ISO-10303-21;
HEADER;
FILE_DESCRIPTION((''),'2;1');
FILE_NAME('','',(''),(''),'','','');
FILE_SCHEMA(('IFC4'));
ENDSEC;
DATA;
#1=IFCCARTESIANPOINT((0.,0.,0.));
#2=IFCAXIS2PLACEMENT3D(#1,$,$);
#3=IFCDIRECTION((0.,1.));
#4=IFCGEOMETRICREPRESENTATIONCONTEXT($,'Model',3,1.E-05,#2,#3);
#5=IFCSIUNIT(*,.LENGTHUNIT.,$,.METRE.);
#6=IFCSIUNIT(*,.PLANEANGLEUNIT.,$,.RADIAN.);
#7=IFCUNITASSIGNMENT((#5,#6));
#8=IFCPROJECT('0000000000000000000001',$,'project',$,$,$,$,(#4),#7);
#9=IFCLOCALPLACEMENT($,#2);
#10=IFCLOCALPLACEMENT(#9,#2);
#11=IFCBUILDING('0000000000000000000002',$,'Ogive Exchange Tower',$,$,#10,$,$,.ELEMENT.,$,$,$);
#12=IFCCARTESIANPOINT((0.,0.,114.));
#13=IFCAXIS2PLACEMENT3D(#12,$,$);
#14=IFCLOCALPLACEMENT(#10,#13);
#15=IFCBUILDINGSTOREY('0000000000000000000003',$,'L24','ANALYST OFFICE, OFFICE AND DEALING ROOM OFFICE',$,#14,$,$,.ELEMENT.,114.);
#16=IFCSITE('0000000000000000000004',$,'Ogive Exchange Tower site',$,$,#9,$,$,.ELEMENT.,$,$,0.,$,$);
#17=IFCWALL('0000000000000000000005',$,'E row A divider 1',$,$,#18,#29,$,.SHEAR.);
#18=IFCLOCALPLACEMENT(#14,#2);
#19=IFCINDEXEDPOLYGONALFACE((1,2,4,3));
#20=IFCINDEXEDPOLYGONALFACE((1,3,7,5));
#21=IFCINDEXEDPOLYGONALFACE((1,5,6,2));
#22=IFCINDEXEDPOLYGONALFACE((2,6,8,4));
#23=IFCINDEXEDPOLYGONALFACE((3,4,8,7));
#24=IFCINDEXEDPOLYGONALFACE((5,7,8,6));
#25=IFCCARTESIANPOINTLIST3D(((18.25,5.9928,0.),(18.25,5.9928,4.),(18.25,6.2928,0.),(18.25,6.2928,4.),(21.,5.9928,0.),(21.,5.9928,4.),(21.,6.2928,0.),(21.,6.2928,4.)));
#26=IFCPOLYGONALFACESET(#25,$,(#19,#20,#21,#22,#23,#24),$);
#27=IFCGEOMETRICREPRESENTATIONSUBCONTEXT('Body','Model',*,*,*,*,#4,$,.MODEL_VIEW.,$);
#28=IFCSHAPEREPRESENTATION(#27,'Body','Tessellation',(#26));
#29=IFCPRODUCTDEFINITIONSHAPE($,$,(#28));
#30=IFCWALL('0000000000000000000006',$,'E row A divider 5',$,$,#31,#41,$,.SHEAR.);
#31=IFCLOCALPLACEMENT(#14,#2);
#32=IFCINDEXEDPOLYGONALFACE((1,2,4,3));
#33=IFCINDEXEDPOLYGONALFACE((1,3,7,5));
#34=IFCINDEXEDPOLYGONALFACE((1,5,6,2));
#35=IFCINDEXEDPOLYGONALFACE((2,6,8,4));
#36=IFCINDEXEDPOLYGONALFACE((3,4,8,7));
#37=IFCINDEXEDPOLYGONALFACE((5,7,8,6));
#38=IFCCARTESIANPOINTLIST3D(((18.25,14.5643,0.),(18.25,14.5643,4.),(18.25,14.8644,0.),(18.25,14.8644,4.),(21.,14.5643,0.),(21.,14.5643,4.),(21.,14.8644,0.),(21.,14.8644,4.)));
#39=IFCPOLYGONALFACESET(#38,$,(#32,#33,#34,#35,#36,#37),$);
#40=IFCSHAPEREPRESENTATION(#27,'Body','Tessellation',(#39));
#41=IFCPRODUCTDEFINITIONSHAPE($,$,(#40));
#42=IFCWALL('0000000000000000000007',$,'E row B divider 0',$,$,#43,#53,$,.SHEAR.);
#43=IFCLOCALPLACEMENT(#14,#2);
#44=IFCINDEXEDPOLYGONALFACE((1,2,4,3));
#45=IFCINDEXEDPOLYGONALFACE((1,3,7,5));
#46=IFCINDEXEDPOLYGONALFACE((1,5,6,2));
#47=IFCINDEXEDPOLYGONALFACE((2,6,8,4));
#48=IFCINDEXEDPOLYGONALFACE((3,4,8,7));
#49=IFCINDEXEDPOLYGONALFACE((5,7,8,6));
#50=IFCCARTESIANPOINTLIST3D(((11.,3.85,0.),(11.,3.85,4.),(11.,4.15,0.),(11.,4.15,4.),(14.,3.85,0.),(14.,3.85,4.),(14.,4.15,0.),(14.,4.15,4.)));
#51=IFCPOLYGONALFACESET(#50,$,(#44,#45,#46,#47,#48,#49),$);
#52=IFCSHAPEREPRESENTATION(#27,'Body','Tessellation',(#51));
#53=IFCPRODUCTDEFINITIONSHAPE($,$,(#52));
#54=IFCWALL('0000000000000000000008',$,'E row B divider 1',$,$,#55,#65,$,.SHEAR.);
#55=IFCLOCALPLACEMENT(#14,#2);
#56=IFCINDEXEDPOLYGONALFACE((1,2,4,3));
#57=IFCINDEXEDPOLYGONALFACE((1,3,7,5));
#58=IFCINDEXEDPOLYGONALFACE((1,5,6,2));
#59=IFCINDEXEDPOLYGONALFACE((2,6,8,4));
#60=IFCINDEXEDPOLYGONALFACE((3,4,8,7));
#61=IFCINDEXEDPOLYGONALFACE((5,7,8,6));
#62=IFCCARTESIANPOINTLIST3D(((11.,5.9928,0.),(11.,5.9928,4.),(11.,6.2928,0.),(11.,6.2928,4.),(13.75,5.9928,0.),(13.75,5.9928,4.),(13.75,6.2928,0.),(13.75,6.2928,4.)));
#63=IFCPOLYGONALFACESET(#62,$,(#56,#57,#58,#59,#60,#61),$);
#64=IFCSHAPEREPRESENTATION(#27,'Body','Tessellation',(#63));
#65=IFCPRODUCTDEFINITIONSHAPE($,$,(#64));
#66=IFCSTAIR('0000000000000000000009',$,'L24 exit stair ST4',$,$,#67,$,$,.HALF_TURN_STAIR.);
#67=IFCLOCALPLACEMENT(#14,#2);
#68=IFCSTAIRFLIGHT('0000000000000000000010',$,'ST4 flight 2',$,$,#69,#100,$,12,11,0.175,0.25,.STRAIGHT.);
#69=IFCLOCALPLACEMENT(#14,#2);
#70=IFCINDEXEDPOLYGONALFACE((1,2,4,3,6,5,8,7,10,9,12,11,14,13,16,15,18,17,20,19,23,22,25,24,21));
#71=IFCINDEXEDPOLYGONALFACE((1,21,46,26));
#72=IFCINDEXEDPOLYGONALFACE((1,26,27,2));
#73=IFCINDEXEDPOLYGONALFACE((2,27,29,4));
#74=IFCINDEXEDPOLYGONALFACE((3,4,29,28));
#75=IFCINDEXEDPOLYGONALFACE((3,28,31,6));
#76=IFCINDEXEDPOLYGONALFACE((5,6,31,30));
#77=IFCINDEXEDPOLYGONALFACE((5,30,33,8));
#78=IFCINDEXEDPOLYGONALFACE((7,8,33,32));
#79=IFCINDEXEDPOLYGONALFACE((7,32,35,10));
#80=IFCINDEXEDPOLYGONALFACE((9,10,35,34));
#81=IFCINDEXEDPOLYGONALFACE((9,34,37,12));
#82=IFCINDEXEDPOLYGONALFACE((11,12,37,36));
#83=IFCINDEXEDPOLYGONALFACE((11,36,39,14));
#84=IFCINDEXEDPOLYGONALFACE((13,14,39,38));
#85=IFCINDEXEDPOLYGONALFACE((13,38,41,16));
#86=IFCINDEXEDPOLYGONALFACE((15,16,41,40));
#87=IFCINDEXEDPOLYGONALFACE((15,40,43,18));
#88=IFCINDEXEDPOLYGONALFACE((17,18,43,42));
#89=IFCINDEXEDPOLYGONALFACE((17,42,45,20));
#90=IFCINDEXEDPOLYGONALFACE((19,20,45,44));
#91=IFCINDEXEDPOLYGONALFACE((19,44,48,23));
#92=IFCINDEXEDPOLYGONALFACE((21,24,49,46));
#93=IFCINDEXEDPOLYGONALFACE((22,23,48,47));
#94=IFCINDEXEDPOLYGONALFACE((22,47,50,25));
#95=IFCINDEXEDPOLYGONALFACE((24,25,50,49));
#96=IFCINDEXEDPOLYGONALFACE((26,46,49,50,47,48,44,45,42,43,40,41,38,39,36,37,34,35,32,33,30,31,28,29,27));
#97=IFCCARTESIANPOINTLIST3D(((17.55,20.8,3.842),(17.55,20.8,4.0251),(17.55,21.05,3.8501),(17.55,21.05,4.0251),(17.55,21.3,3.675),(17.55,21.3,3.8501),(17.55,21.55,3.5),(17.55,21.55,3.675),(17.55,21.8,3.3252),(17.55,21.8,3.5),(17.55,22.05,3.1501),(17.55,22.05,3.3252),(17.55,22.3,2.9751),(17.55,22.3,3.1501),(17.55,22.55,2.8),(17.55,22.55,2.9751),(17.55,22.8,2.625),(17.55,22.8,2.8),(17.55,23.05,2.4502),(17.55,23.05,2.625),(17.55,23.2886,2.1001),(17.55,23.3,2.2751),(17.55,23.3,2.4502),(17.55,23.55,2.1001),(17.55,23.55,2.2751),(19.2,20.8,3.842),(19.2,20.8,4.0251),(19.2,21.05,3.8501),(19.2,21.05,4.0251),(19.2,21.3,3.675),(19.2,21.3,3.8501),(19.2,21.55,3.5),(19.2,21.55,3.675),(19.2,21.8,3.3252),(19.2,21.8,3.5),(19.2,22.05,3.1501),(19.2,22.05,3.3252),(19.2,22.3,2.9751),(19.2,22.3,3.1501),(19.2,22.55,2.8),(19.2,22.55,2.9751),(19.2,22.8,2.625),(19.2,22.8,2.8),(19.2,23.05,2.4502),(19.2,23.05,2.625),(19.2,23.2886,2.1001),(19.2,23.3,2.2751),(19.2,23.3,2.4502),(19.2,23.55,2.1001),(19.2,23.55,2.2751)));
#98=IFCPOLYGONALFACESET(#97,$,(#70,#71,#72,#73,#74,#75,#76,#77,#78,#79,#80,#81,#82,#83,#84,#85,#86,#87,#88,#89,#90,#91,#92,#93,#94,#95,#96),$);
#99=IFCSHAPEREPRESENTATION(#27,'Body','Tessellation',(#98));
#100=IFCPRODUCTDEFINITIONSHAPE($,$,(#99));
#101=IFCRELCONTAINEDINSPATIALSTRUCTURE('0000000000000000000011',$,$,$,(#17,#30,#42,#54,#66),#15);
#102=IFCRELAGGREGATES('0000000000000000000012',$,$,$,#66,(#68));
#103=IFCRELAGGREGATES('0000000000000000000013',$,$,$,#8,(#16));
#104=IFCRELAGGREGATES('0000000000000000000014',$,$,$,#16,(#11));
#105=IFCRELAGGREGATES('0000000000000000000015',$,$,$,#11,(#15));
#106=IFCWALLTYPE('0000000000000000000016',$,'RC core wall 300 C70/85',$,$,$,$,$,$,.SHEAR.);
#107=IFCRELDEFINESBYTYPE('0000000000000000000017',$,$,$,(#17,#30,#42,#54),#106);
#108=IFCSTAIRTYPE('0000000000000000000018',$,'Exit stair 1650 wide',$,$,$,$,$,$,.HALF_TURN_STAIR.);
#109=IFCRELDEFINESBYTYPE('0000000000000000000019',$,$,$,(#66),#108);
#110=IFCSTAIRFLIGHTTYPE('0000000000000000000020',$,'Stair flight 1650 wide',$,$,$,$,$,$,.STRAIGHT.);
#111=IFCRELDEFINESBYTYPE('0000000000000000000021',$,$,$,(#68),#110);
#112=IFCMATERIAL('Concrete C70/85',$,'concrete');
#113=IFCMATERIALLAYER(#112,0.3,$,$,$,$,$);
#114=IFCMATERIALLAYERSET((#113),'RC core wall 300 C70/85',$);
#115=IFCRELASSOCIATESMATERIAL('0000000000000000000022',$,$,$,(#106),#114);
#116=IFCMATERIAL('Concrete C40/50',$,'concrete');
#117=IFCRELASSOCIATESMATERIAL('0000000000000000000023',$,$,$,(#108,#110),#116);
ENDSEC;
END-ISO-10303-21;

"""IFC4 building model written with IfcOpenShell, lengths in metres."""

from ifc_helpers import new_model, si_unit, direction, frame, frame_2d, origin, place, context, subcontext, project, spatial, polyline, rectangle, outline, extrude, material, layer, layer_set, type_object, element, aggregate, save


model = new_model("IFC4")

# Units and contexts
model_context = context("Model", 3, precision=1e-05, world=origin(), true_north=direction((0.0, 1.0)))
body_context = subcontext(model_context, "Body", "Model", "MODEL_VIEW")
ifc_project = project(units=[si_unit("LENGTHUNIT", "METRE"), si_unit("PLANEANGLEUNIT", "RADIAN")], contexts=[model_context])

# Site, building, storey
site_placement = place(None, origin())
site = spatial("IfcSite", under=ifc_project, at=site_placement, Name="Ogive Exchange Tower site", CompositionType="ELEMENT", RefElevation=0.0)
building_placement = place(site_placement, origin())
building = spatial("IfcBuilding", under=site, at=building_placement, Name="Ogive Exchange Tower", CompositionType="ELEMENT")
storey_placement = place(building_placement, frame((0.0, 0.0, 114.0)))
storey = spatial("IfcBuildingStorey", under=building, at=storey_placement, Name="L24", Description="ANALYST OFFICE, OFFICE AND DEALING ROOM OFFICE", CompositionType="ELEMENT", Elevation=114.0)

# Shared definitions
ifc_material_1 = material(Name="Concrete C70/85", Category="concrete")

# Walls
ifc_layer_1 = layer(ifc_material_1, 0.3)
ifc_layer_set_1 = layer_set([ifc_layer_1], Name="RC core wall 300 C70/85")
wall_type_1 = type_object("IfcWallType", Name="RC core wall 300 C70/85", PredefinedType="SHEAR", material=ifc_layer_set_1)
for number, where, z_axis, x_axis, name in (
    (1, (18.25, 6.1428, 0.0), (0.0, 0.0, 1.0), (1.0, 0.0, 0.0), "E row A divider 1"),
    (2, (18.25, 14.7144, 0.0), (0.0, 0.0, 1.0), (1.0, 0.0, 0.0), "E row A divider 5"),
):
    element("IfcWall", number, at=place(storey_placement, frame(where, z_axis=z_axis, x_axis=x_axis)), inside=storey, type_object=wall_type_1, Name=name, PredefinedType="SHEAR", context=body_context, shape_type="SweptSolid", body=[
        extrude(rectangle(XDim=2.75, YDim=0.3, at=frame_2d((1.375, 0.0))), origin(), (0.0, 0.0, 1.0), 4.0),
    ])
wall_1_placement = place(storey_placement, frame((11.0, 4.0, 0.0), z_axis=(0.0, 0.0, 1.0), x_axis=(1.0, 0.0, 0.0)))
element("IfcWall", 3, at=wall_1_placement, inside=storey, type_object=wall_type_1, Name="E row B divider 0", PredefinedType="SHEAR", context=body_context, shape_type="SweptSolid", body=[
    extrude(rectangle(XDim=3.0, YDim=0.3, at=frame_2d((1.5, 0.0))), origin(), (0.0, 0.0, 1.0), 4.0),
])
wall_2_placement = place(storey_placement, frame((11.0, 6.1428, 0.0), z_axis=(0.0, 0.0, 1.0), x_axis=(1.0, 0.0, 0.0)))
element("IfcWall", 4, at=wall_2_placement, inside=storey, type_object=wall_type_1, Name="E row B divider 1", PredefinedType="SHEAR", context=body_context, shape_type="SweptSolid", body=[
    extrude(rectangle(XDim=2.75, YDim=0.3, at=frame_2d((1.375, 0.0))), origin(), (0.0, 0.0, 1.0), 4.0),
])

# Stair, stair flight
ifc_material_2 = material(Name="Concrete C40/50", Category="concrete")
stair_type = type_object("IfcStairType", Name="Exit stair 1650 wide", PredefinedType="HALF_TURN_STAIR", material=ifc_material_2)
stair_placement = place(storey_placement, origin())
stair = element("IfcStair", 5, at=stair_placement, inside=storey, type_object=stair_type, Name="L24 exit stair ST4", PredefinedType="HALF_TURN_STAIR")
stair_flight_type = type_object("IfcStairFlightType", Name="Stair flight 1650 wide", PredefinedType="STRAIGHT", material=ifc_material_2)
stair_flight_placement = place(storey_placement, frame((18.375, 23.55, 2.1001), z_axis=(0.0, 0.0, 1.0), x_axis=(0.0, -1.0, 0.0)))
stair_flight = element("IfcStairFlight", 6, at=stair_flight_placement, type_object=stair_flight_type, Name="ST4 flight 2", NumberOfRisers=12, NumberOfTreads=11, PredefinedType="STRAIGHT", RiserHeight=0.175, TreadLength=0.25, context=body_context, shape_type="SweptSolid", body=[
    extrude(outline(polyline([(0.0, 0.0), (0.0, 0.175), (0.25, 0.175), (0.25, 0.3501), (0.5, 0.3501), (0.5, 0.5249), (0.75, 0.5249), (0.75, 0.7), (1.0, 0.7), (1.0, 0.875), (1.25, 0.875), (1.25, 1.05), (1.5, 1.05), (1.5, 1.2251), (1.75, 1.2251), (1.75, 1.3999), (2.0, 1.3999), (2.0, 1.575), (2.25, 1.575), (2.25, 1.75), (2.5, 1.75), (2.5, 1.925), (2.75, 1.925), (2.75, 2.1001), (2.75, 1.7419), (0.2615, 0.0), (0.0, 0.0)])), frame((0.0, 0.825, 0.0), z_axis=(0.0, -1.0, 0.0), x_axis=(1.0, 0.0, 0.0)), (0.0, 0.0, 1.0), 1.6499),
])
aggregate(stair, [stair_flight])

save(model, "model.ifc")
